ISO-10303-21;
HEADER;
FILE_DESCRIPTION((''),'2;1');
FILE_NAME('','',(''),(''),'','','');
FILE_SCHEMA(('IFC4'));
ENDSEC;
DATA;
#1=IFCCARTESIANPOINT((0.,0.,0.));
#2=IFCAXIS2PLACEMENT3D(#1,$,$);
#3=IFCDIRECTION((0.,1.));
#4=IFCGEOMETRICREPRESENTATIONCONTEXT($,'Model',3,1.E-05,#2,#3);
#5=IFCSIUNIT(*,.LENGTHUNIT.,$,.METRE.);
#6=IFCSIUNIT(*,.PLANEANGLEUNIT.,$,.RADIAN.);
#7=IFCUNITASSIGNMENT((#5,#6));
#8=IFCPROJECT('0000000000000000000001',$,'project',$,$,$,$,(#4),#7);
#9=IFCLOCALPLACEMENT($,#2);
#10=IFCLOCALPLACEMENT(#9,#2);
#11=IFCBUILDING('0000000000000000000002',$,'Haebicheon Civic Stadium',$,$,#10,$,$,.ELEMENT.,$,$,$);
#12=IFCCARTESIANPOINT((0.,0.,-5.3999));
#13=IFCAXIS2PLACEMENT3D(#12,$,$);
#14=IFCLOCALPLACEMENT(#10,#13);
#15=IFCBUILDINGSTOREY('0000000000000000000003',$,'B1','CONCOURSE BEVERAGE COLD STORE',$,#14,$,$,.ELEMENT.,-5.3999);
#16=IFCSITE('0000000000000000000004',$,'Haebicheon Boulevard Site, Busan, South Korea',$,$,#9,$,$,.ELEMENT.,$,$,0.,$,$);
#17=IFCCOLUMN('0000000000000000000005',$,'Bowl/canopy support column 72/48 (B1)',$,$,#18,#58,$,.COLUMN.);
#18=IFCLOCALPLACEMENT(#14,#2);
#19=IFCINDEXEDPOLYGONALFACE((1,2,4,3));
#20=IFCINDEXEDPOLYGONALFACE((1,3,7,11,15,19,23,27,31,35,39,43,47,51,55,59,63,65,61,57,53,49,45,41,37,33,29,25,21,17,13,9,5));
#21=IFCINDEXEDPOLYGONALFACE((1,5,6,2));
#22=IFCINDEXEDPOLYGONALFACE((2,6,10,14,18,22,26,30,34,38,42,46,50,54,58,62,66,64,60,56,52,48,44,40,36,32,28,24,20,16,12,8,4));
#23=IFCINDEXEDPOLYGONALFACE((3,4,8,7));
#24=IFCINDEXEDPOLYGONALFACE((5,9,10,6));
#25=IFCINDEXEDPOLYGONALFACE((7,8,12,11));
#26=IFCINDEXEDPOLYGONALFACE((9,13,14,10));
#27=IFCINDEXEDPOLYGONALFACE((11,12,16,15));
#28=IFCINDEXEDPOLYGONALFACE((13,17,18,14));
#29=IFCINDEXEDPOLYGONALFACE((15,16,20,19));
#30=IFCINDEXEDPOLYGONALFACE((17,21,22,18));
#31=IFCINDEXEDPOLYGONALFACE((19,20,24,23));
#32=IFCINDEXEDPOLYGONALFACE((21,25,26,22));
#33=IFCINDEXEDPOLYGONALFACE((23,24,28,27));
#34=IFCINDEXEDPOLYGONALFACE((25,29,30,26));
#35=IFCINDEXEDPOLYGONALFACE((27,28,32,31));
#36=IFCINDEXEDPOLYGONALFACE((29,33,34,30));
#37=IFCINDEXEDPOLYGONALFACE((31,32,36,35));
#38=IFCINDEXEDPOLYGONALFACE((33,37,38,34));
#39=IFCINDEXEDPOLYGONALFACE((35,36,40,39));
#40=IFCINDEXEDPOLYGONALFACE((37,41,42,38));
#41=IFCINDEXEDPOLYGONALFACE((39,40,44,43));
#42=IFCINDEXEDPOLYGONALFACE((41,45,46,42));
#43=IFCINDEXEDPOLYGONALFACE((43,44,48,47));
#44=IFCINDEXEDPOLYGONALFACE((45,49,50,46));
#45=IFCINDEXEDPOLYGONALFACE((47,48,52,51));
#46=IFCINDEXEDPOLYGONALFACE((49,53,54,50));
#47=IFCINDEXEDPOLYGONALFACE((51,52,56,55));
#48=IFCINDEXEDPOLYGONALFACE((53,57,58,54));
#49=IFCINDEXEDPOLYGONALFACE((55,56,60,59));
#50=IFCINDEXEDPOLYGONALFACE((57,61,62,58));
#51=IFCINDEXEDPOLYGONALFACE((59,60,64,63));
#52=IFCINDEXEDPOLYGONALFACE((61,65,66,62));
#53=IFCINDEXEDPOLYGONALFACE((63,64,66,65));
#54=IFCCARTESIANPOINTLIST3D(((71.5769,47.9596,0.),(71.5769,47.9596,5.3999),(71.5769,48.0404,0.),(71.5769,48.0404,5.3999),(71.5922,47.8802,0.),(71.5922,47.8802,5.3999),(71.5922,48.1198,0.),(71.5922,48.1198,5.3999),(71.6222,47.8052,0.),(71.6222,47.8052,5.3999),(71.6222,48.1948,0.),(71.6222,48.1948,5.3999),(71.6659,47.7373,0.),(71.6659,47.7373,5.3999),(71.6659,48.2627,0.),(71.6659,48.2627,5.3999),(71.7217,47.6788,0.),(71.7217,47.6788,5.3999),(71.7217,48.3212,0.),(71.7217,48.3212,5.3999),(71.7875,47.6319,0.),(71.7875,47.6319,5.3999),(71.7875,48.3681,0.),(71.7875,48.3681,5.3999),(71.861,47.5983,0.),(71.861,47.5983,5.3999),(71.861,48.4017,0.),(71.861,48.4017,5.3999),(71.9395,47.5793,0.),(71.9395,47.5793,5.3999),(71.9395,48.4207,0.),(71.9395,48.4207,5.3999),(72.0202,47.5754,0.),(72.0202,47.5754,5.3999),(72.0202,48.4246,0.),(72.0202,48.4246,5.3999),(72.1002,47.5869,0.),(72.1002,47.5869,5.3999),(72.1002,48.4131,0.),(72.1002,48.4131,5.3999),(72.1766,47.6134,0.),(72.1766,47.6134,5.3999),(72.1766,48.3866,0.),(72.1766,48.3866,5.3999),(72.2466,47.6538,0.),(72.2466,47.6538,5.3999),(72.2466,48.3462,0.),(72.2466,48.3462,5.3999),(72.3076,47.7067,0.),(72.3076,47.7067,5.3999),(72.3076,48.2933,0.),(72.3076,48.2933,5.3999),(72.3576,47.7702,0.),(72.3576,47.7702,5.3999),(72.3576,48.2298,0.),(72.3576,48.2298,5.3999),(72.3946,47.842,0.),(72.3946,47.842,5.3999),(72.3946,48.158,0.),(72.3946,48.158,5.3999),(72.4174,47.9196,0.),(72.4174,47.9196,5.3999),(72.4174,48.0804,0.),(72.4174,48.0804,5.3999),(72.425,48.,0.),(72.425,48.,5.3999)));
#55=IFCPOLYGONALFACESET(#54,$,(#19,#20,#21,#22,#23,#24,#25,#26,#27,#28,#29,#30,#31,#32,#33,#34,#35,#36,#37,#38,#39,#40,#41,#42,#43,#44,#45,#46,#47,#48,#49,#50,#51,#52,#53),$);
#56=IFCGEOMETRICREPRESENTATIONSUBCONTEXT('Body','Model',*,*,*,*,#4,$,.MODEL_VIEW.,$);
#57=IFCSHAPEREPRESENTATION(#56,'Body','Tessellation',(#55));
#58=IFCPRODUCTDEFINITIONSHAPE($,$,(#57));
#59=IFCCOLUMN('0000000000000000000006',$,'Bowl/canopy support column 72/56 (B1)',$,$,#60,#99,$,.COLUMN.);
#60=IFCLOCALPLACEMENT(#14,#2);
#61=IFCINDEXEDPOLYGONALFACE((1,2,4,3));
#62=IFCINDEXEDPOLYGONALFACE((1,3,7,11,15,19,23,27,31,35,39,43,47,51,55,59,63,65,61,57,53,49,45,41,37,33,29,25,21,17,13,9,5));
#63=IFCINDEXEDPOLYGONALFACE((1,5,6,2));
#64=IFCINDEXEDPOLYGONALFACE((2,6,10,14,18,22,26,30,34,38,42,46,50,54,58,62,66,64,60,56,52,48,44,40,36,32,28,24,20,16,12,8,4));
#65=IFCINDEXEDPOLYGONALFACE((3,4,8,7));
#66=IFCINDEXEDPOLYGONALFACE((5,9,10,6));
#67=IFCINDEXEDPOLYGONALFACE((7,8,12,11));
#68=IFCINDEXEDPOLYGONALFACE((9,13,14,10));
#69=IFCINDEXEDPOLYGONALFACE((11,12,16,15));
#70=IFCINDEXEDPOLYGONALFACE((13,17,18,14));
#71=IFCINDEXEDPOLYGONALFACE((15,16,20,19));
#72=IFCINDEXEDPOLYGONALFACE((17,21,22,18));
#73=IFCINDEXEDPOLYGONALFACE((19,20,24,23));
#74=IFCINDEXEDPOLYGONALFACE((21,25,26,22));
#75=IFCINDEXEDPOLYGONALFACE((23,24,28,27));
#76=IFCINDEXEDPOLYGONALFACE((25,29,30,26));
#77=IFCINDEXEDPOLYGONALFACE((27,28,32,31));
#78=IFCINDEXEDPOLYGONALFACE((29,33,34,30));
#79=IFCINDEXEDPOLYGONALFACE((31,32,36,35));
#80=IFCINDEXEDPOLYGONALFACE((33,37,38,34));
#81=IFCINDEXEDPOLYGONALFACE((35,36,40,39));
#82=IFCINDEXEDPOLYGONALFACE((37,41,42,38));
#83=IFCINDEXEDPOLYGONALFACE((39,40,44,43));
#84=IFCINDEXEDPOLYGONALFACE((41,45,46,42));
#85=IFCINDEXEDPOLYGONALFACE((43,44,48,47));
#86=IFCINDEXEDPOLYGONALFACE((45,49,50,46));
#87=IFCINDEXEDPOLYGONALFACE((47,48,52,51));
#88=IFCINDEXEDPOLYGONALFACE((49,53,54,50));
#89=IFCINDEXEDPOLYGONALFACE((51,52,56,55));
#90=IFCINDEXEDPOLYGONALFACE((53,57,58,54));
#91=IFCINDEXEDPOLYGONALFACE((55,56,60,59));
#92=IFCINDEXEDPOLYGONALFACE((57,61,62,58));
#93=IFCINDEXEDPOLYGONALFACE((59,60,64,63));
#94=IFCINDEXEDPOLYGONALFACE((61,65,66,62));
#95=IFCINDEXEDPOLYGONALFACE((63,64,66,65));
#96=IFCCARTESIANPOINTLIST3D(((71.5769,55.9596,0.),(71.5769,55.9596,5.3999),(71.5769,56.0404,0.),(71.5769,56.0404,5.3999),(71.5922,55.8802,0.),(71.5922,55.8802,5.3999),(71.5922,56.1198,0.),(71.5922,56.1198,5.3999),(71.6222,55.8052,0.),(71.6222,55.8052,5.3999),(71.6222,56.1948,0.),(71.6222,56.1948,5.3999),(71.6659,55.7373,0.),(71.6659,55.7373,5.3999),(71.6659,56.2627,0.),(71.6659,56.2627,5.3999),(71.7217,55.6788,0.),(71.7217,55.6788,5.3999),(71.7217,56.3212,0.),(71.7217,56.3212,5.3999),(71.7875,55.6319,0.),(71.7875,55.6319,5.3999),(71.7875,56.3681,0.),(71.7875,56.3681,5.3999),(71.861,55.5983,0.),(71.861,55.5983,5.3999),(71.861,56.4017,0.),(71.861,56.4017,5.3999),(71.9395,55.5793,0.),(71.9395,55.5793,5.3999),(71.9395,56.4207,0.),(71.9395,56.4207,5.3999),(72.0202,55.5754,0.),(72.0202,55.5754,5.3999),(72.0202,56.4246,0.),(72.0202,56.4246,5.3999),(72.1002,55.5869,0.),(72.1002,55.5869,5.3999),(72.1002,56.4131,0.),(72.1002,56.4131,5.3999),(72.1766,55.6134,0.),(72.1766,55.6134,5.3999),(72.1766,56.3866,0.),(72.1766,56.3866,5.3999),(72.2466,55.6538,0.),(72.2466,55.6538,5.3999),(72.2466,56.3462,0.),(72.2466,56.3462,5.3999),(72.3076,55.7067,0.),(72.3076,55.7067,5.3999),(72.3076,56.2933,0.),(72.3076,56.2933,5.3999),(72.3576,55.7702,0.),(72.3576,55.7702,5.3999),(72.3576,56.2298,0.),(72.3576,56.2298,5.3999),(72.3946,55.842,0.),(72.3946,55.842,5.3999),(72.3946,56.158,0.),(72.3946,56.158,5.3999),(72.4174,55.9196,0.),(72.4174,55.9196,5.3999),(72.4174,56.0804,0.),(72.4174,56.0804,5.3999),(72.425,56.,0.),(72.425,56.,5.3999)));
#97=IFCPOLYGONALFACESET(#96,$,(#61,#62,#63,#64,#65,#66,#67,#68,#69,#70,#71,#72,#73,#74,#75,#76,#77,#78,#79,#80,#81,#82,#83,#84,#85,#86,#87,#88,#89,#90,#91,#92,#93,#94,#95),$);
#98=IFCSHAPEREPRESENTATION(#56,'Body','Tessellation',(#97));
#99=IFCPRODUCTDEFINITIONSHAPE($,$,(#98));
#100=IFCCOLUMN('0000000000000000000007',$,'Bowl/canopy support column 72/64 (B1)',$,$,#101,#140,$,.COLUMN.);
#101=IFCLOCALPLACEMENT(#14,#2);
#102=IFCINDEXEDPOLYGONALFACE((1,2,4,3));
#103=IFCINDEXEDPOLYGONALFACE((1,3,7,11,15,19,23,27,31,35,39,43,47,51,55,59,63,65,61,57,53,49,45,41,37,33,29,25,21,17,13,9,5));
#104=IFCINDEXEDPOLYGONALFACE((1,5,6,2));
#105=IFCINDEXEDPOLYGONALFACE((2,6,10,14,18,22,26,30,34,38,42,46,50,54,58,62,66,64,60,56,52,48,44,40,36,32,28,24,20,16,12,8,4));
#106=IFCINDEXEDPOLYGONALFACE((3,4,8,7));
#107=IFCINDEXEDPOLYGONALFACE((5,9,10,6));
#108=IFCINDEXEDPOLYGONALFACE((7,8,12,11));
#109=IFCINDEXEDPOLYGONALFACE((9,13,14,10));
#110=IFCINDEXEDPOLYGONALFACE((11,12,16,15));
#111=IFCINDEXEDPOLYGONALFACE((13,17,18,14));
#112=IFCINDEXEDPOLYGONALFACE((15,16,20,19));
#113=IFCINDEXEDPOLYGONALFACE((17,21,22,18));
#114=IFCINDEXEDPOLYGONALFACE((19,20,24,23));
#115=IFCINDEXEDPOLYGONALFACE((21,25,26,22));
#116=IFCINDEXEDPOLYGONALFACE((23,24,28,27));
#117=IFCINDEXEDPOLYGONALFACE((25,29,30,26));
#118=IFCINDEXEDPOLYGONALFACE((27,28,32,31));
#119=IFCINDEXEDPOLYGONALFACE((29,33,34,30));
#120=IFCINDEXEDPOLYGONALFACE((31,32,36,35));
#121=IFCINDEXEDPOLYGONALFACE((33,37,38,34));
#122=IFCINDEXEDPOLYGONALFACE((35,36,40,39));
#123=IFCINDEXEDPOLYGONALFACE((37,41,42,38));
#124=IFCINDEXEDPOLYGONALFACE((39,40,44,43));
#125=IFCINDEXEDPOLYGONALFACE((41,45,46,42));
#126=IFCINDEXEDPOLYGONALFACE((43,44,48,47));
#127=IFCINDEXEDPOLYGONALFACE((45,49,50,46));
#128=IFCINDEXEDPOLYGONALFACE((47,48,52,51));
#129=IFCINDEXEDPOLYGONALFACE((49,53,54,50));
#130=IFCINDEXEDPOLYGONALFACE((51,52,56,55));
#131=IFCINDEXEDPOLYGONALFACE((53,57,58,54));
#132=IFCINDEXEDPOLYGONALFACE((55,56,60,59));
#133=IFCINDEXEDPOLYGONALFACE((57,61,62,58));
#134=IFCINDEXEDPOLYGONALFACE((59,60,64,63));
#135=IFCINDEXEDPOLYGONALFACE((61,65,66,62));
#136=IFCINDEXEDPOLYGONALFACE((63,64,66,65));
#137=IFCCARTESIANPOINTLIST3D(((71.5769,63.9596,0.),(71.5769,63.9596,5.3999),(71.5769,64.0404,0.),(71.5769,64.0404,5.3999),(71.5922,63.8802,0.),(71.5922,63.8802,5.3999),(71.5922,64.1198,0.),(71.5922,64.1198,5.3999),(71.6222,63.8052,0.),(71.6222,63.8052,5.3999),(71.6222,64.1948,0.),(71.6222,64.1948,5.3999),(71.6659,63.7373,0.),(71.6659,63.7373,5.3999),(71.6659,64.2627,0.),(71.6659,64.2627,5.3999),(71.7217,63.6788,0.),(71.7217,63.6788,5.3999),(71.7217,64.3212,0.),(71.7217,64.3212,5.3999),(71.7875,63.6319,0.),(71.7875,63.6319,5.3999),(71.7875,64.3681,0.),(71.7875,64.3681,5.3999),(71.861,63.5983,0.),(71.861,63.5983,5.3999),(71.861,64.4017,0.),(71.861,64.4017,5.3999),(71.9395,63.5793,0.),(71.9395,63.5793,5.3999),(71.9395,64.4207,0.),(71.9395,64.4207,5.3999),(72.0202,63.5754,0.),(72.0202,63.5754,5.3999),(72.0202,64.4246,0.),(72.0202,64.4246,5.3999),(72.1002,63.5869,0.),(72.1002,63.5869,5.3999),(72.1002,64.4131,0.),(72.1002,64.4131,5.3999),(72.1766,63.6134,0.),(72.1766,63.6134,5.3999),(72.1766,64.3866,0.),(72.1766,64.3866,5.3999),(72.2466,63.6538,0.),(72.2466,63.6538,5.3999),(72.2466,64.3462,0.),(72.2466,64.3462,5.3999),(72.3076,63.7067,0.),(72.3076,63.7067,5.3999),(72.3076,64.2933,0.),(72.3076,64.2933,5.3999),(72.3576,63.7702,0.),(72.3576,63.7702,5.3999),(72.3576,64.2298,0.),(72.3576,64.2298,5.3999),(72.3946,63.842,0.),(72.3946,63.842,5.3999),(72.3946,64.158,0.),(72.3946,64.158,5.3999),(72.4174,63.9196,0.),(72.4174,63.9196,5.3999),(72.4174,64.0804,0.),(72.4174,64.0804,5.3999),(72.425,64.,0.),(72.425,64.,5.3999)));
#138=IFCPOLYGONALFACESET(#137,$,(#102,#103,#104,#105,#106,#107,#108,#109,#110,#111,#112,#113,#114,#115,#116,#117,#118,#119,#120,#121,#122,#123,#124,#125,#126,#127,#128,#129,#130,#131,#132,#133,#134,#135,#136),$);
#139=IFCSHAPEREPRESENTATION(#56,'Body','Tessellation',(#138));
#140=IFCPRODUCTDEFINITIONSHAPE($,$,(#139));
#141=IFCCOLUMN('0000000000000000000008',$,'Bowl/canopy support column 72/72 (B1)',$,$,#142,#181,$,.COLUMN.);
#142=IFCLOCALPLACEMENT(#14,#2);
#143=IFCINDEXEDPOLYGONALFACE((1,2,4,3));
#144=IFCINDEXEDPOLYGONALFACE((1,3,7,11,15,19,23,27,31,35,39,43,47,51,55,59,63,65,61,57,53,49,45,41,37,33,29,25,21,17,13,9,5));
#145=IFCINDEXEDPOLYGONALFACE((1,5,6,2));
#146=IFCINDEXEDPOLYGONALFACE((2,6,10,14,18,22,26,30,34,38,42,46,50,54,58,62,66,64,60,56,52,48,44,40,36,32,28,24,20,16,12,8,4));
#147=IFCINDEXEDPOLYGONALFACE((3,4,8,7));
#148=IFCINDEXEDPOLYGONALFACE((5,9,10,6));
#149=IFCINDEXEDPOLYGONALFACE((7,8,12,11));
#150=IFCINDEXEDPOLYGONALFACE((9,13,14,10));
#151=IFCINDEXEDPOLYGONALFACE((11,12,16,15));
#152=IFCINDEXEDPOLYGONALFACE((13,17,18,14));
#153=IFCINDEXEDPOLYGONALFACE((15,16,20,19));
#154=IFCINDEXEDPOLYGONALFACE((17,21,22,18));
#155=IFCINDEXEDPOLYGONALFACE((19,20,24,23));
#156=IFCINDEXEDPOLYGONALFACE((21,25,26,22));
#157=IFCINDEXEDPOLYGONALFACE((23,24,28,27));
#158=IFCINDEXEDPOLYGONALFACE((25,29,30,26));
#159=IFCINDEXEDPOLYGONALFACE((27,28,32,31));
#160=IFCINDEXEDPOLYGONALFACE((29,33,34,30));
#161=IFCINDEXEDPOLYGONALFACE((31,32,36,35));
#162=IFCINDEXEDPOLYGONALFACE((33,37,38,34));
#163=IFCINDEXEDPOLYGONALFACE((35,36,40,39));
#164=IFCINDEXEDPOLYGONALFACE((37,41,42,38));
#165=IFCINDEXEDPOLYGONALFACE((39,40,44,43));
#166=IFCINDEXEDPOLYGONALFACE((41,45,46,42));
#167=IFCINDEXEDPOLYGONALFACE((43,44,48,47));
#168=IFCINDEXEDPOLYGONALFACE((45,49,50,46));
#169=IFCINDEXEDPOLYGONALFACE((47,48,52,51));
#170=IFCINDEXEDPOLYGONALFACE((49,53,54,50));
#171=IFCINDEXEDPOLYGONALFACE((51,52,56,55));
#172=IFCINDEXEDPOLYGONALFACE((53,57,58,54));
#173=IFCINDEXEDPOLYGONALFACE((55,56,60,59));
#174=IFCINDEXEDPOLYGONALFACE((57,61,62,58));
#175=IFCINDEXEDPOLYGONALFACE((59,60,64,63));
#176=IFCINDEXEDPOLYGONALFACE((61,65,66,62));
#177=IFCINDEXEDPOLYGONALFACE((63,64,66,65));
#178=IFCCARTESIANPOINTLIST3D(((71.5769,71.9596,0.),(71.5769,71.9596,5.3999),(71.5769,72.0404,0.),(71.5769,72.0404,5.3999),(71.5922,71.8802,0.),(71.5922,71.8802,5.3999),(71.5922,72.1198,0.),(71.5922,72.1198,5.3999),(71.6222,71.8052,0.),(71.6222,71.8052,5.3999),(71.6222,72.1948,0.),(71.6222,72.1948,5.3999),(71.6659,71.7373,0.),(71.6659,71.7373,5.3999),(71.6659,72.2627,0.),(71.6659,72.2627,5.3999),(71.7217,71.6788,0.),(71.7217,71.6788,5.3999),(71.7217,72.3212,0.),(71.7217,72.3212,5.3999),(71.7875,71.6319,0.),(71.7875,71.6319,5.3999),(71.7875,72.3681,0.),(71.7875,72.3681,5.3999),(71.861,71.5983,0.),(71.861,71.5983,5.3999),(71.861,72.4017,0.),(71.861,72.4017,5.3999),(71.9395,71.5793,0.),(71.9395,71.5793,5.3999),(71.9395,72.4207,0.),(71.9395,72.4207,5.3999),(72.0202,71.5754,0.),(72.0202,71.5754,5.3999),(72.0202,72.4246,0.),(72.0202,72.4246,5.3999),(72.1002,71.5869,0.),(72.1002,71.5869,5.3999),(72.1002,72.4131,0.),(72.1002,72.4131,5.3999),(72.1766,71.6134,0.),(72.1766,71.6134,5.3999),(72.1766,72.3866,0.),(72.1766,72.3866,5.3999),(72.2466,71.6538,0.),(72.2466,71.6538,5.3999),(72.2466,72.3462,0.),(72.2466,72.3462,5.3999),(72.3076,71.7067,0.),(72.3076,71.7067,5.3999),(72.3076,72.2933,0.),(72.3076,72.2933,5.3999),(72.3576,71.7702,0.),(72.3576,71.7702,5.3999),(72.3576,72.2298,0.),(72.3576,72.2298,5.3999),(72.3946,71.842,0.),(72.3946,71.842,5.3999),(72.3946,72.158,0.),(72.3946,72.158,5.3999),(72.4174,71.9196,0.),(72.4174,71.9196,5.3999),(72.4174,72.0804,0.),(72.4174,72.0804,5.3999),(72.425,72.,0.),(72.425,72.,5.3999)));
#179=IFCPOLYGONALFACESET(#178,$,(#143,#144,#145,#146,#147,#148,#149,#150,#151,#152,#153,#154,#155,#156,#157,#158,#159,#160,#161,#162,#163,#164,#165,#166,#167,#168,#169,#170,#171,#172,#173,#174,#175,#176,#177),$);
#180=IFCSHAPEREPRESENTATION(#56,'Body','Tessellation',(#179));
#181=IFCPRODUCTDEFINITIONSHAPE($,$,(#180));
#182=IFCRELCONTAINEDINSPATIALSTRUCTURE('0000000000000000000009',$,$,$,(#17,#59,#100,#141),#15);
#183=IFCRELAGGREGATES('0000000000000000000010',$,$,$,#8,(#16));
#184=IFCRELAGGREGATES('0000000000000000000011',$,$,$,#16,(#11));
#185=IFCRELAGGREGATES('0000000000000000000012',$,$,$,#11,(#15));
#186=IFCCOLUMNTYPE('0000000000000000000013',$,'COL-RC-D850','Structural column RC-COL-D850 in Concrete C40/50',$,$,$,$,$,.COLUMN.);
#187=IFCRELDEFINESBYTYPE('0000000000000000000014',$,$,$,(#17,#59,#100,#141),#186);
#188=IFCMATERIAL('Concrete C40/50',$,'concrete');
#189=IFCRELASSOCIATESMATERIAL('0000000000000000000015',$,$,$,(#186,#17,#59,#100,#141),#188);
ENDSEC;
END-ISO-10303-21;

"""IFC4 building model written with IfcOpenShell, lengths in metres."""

from ifc_helpers import new_model, si_unit, direction, frame, origin, origin_2d, place, context, subcontext, project, spatial, circle, extrude, material, material_profile, profile_set, type_object, element, save


model = new_model("IFC4")

# Units and contexts
model_context = context("Model", 3, precision=1e-05, world=origin(), true_north=direction((0.0, 1.0)))
body_context = subcontext(model_context, "Body", "Model", "MODEL_VIEW")
ifc_project = project(units=[si_unit("LENGTHUNIT", "METRE"), si_unit("PLANEANGLEUNIT", "RADIAN")], contexts=[model_context])

# Site, building, storey
site_placement = place(None, origin())
site = spatial("IfcSite", under=ifc_project, at=site_placement, Name="Haebicheon Boulevard Site, Busan, South Korea", CompositionType="ELEMENT", RefElevation=0.0)
building_placement = place(site_placement, origin())
building = spatial("IfcBuilding", under=site, at=building_placement, Name="Haebicheon Civic Stadium", CompositionType="ELEMENT")
storey_placement = place(building_placement, frame((0.0, 0.0, -5.3999)))
storey = spatial("IfcBuildingStorey", under=building, at=storey_placement, Name="B1", Description="CONCOURSE BEVERAGE COLD STORE", CompositionType="ELEMENT", Elevation=-5.3999)

# Columns
ifc_material_1 = material(Name="Concrete C40/50", Category="concrete")
ifc_material_profile_1 = material_profile(ifc_material_1, circle(Radius=0.425, at=origin_2d()), Name="RC-COL-D850")
ifc_profile_set_1 = profile_set([ifc_material_profile_1], Name="Concrete C40/50")
column_type = type_object("IfcColumnType", Name="COL-RC-D850", Description="Structural column RC-COL-D850 in Concrete C40/50", PredefinedType="COLUMN", material=ifc_profile_set_1)
for number, where, z_axis, x_axis, name in (
    (1, (72.0, 48.0, 0.0), (0.0, 0.0, 1.0), (1.0, 0.0, 0.0), "Bowl/canopy support column 72/48 (B1)"),
    (2, (72.0, 56.0, 0.0), (0.0, 0.0, 1.0), (1.0, 0.0, 0.0), "Bowl/canopy support column 72/56 (B1)"),
    (3, (72.0, 64.0, 0.0), (0.0, 0.0, 1.0), (1.0, 0.0, 0.0), "Bowl/canopy support column 72/64 (B1)"),
    (4, (72.0, 72.0, 0.0), (0.0, 0.0, 1.0), (1.0, 0.0, 0.0), "Bowl/canopy support column 72/72 (B1)"),
):
    element("IfcColumn", number, at=place(storey_placement, frame(where, z_axis=z_axis, x_axis=x_axis)), inside=storey, type_object=column_type, material=ifc_profile_set_1, Name=name, PredefinedType="COLUMN", context=body_context, shape_type="SweptSolid", body=[
        extrude(circle(Radius=0.425, at=origin_2d()), origin(), (0.0, 0.0, 1.0), 5.3999),
    ])

save(model, "model.ifc")
